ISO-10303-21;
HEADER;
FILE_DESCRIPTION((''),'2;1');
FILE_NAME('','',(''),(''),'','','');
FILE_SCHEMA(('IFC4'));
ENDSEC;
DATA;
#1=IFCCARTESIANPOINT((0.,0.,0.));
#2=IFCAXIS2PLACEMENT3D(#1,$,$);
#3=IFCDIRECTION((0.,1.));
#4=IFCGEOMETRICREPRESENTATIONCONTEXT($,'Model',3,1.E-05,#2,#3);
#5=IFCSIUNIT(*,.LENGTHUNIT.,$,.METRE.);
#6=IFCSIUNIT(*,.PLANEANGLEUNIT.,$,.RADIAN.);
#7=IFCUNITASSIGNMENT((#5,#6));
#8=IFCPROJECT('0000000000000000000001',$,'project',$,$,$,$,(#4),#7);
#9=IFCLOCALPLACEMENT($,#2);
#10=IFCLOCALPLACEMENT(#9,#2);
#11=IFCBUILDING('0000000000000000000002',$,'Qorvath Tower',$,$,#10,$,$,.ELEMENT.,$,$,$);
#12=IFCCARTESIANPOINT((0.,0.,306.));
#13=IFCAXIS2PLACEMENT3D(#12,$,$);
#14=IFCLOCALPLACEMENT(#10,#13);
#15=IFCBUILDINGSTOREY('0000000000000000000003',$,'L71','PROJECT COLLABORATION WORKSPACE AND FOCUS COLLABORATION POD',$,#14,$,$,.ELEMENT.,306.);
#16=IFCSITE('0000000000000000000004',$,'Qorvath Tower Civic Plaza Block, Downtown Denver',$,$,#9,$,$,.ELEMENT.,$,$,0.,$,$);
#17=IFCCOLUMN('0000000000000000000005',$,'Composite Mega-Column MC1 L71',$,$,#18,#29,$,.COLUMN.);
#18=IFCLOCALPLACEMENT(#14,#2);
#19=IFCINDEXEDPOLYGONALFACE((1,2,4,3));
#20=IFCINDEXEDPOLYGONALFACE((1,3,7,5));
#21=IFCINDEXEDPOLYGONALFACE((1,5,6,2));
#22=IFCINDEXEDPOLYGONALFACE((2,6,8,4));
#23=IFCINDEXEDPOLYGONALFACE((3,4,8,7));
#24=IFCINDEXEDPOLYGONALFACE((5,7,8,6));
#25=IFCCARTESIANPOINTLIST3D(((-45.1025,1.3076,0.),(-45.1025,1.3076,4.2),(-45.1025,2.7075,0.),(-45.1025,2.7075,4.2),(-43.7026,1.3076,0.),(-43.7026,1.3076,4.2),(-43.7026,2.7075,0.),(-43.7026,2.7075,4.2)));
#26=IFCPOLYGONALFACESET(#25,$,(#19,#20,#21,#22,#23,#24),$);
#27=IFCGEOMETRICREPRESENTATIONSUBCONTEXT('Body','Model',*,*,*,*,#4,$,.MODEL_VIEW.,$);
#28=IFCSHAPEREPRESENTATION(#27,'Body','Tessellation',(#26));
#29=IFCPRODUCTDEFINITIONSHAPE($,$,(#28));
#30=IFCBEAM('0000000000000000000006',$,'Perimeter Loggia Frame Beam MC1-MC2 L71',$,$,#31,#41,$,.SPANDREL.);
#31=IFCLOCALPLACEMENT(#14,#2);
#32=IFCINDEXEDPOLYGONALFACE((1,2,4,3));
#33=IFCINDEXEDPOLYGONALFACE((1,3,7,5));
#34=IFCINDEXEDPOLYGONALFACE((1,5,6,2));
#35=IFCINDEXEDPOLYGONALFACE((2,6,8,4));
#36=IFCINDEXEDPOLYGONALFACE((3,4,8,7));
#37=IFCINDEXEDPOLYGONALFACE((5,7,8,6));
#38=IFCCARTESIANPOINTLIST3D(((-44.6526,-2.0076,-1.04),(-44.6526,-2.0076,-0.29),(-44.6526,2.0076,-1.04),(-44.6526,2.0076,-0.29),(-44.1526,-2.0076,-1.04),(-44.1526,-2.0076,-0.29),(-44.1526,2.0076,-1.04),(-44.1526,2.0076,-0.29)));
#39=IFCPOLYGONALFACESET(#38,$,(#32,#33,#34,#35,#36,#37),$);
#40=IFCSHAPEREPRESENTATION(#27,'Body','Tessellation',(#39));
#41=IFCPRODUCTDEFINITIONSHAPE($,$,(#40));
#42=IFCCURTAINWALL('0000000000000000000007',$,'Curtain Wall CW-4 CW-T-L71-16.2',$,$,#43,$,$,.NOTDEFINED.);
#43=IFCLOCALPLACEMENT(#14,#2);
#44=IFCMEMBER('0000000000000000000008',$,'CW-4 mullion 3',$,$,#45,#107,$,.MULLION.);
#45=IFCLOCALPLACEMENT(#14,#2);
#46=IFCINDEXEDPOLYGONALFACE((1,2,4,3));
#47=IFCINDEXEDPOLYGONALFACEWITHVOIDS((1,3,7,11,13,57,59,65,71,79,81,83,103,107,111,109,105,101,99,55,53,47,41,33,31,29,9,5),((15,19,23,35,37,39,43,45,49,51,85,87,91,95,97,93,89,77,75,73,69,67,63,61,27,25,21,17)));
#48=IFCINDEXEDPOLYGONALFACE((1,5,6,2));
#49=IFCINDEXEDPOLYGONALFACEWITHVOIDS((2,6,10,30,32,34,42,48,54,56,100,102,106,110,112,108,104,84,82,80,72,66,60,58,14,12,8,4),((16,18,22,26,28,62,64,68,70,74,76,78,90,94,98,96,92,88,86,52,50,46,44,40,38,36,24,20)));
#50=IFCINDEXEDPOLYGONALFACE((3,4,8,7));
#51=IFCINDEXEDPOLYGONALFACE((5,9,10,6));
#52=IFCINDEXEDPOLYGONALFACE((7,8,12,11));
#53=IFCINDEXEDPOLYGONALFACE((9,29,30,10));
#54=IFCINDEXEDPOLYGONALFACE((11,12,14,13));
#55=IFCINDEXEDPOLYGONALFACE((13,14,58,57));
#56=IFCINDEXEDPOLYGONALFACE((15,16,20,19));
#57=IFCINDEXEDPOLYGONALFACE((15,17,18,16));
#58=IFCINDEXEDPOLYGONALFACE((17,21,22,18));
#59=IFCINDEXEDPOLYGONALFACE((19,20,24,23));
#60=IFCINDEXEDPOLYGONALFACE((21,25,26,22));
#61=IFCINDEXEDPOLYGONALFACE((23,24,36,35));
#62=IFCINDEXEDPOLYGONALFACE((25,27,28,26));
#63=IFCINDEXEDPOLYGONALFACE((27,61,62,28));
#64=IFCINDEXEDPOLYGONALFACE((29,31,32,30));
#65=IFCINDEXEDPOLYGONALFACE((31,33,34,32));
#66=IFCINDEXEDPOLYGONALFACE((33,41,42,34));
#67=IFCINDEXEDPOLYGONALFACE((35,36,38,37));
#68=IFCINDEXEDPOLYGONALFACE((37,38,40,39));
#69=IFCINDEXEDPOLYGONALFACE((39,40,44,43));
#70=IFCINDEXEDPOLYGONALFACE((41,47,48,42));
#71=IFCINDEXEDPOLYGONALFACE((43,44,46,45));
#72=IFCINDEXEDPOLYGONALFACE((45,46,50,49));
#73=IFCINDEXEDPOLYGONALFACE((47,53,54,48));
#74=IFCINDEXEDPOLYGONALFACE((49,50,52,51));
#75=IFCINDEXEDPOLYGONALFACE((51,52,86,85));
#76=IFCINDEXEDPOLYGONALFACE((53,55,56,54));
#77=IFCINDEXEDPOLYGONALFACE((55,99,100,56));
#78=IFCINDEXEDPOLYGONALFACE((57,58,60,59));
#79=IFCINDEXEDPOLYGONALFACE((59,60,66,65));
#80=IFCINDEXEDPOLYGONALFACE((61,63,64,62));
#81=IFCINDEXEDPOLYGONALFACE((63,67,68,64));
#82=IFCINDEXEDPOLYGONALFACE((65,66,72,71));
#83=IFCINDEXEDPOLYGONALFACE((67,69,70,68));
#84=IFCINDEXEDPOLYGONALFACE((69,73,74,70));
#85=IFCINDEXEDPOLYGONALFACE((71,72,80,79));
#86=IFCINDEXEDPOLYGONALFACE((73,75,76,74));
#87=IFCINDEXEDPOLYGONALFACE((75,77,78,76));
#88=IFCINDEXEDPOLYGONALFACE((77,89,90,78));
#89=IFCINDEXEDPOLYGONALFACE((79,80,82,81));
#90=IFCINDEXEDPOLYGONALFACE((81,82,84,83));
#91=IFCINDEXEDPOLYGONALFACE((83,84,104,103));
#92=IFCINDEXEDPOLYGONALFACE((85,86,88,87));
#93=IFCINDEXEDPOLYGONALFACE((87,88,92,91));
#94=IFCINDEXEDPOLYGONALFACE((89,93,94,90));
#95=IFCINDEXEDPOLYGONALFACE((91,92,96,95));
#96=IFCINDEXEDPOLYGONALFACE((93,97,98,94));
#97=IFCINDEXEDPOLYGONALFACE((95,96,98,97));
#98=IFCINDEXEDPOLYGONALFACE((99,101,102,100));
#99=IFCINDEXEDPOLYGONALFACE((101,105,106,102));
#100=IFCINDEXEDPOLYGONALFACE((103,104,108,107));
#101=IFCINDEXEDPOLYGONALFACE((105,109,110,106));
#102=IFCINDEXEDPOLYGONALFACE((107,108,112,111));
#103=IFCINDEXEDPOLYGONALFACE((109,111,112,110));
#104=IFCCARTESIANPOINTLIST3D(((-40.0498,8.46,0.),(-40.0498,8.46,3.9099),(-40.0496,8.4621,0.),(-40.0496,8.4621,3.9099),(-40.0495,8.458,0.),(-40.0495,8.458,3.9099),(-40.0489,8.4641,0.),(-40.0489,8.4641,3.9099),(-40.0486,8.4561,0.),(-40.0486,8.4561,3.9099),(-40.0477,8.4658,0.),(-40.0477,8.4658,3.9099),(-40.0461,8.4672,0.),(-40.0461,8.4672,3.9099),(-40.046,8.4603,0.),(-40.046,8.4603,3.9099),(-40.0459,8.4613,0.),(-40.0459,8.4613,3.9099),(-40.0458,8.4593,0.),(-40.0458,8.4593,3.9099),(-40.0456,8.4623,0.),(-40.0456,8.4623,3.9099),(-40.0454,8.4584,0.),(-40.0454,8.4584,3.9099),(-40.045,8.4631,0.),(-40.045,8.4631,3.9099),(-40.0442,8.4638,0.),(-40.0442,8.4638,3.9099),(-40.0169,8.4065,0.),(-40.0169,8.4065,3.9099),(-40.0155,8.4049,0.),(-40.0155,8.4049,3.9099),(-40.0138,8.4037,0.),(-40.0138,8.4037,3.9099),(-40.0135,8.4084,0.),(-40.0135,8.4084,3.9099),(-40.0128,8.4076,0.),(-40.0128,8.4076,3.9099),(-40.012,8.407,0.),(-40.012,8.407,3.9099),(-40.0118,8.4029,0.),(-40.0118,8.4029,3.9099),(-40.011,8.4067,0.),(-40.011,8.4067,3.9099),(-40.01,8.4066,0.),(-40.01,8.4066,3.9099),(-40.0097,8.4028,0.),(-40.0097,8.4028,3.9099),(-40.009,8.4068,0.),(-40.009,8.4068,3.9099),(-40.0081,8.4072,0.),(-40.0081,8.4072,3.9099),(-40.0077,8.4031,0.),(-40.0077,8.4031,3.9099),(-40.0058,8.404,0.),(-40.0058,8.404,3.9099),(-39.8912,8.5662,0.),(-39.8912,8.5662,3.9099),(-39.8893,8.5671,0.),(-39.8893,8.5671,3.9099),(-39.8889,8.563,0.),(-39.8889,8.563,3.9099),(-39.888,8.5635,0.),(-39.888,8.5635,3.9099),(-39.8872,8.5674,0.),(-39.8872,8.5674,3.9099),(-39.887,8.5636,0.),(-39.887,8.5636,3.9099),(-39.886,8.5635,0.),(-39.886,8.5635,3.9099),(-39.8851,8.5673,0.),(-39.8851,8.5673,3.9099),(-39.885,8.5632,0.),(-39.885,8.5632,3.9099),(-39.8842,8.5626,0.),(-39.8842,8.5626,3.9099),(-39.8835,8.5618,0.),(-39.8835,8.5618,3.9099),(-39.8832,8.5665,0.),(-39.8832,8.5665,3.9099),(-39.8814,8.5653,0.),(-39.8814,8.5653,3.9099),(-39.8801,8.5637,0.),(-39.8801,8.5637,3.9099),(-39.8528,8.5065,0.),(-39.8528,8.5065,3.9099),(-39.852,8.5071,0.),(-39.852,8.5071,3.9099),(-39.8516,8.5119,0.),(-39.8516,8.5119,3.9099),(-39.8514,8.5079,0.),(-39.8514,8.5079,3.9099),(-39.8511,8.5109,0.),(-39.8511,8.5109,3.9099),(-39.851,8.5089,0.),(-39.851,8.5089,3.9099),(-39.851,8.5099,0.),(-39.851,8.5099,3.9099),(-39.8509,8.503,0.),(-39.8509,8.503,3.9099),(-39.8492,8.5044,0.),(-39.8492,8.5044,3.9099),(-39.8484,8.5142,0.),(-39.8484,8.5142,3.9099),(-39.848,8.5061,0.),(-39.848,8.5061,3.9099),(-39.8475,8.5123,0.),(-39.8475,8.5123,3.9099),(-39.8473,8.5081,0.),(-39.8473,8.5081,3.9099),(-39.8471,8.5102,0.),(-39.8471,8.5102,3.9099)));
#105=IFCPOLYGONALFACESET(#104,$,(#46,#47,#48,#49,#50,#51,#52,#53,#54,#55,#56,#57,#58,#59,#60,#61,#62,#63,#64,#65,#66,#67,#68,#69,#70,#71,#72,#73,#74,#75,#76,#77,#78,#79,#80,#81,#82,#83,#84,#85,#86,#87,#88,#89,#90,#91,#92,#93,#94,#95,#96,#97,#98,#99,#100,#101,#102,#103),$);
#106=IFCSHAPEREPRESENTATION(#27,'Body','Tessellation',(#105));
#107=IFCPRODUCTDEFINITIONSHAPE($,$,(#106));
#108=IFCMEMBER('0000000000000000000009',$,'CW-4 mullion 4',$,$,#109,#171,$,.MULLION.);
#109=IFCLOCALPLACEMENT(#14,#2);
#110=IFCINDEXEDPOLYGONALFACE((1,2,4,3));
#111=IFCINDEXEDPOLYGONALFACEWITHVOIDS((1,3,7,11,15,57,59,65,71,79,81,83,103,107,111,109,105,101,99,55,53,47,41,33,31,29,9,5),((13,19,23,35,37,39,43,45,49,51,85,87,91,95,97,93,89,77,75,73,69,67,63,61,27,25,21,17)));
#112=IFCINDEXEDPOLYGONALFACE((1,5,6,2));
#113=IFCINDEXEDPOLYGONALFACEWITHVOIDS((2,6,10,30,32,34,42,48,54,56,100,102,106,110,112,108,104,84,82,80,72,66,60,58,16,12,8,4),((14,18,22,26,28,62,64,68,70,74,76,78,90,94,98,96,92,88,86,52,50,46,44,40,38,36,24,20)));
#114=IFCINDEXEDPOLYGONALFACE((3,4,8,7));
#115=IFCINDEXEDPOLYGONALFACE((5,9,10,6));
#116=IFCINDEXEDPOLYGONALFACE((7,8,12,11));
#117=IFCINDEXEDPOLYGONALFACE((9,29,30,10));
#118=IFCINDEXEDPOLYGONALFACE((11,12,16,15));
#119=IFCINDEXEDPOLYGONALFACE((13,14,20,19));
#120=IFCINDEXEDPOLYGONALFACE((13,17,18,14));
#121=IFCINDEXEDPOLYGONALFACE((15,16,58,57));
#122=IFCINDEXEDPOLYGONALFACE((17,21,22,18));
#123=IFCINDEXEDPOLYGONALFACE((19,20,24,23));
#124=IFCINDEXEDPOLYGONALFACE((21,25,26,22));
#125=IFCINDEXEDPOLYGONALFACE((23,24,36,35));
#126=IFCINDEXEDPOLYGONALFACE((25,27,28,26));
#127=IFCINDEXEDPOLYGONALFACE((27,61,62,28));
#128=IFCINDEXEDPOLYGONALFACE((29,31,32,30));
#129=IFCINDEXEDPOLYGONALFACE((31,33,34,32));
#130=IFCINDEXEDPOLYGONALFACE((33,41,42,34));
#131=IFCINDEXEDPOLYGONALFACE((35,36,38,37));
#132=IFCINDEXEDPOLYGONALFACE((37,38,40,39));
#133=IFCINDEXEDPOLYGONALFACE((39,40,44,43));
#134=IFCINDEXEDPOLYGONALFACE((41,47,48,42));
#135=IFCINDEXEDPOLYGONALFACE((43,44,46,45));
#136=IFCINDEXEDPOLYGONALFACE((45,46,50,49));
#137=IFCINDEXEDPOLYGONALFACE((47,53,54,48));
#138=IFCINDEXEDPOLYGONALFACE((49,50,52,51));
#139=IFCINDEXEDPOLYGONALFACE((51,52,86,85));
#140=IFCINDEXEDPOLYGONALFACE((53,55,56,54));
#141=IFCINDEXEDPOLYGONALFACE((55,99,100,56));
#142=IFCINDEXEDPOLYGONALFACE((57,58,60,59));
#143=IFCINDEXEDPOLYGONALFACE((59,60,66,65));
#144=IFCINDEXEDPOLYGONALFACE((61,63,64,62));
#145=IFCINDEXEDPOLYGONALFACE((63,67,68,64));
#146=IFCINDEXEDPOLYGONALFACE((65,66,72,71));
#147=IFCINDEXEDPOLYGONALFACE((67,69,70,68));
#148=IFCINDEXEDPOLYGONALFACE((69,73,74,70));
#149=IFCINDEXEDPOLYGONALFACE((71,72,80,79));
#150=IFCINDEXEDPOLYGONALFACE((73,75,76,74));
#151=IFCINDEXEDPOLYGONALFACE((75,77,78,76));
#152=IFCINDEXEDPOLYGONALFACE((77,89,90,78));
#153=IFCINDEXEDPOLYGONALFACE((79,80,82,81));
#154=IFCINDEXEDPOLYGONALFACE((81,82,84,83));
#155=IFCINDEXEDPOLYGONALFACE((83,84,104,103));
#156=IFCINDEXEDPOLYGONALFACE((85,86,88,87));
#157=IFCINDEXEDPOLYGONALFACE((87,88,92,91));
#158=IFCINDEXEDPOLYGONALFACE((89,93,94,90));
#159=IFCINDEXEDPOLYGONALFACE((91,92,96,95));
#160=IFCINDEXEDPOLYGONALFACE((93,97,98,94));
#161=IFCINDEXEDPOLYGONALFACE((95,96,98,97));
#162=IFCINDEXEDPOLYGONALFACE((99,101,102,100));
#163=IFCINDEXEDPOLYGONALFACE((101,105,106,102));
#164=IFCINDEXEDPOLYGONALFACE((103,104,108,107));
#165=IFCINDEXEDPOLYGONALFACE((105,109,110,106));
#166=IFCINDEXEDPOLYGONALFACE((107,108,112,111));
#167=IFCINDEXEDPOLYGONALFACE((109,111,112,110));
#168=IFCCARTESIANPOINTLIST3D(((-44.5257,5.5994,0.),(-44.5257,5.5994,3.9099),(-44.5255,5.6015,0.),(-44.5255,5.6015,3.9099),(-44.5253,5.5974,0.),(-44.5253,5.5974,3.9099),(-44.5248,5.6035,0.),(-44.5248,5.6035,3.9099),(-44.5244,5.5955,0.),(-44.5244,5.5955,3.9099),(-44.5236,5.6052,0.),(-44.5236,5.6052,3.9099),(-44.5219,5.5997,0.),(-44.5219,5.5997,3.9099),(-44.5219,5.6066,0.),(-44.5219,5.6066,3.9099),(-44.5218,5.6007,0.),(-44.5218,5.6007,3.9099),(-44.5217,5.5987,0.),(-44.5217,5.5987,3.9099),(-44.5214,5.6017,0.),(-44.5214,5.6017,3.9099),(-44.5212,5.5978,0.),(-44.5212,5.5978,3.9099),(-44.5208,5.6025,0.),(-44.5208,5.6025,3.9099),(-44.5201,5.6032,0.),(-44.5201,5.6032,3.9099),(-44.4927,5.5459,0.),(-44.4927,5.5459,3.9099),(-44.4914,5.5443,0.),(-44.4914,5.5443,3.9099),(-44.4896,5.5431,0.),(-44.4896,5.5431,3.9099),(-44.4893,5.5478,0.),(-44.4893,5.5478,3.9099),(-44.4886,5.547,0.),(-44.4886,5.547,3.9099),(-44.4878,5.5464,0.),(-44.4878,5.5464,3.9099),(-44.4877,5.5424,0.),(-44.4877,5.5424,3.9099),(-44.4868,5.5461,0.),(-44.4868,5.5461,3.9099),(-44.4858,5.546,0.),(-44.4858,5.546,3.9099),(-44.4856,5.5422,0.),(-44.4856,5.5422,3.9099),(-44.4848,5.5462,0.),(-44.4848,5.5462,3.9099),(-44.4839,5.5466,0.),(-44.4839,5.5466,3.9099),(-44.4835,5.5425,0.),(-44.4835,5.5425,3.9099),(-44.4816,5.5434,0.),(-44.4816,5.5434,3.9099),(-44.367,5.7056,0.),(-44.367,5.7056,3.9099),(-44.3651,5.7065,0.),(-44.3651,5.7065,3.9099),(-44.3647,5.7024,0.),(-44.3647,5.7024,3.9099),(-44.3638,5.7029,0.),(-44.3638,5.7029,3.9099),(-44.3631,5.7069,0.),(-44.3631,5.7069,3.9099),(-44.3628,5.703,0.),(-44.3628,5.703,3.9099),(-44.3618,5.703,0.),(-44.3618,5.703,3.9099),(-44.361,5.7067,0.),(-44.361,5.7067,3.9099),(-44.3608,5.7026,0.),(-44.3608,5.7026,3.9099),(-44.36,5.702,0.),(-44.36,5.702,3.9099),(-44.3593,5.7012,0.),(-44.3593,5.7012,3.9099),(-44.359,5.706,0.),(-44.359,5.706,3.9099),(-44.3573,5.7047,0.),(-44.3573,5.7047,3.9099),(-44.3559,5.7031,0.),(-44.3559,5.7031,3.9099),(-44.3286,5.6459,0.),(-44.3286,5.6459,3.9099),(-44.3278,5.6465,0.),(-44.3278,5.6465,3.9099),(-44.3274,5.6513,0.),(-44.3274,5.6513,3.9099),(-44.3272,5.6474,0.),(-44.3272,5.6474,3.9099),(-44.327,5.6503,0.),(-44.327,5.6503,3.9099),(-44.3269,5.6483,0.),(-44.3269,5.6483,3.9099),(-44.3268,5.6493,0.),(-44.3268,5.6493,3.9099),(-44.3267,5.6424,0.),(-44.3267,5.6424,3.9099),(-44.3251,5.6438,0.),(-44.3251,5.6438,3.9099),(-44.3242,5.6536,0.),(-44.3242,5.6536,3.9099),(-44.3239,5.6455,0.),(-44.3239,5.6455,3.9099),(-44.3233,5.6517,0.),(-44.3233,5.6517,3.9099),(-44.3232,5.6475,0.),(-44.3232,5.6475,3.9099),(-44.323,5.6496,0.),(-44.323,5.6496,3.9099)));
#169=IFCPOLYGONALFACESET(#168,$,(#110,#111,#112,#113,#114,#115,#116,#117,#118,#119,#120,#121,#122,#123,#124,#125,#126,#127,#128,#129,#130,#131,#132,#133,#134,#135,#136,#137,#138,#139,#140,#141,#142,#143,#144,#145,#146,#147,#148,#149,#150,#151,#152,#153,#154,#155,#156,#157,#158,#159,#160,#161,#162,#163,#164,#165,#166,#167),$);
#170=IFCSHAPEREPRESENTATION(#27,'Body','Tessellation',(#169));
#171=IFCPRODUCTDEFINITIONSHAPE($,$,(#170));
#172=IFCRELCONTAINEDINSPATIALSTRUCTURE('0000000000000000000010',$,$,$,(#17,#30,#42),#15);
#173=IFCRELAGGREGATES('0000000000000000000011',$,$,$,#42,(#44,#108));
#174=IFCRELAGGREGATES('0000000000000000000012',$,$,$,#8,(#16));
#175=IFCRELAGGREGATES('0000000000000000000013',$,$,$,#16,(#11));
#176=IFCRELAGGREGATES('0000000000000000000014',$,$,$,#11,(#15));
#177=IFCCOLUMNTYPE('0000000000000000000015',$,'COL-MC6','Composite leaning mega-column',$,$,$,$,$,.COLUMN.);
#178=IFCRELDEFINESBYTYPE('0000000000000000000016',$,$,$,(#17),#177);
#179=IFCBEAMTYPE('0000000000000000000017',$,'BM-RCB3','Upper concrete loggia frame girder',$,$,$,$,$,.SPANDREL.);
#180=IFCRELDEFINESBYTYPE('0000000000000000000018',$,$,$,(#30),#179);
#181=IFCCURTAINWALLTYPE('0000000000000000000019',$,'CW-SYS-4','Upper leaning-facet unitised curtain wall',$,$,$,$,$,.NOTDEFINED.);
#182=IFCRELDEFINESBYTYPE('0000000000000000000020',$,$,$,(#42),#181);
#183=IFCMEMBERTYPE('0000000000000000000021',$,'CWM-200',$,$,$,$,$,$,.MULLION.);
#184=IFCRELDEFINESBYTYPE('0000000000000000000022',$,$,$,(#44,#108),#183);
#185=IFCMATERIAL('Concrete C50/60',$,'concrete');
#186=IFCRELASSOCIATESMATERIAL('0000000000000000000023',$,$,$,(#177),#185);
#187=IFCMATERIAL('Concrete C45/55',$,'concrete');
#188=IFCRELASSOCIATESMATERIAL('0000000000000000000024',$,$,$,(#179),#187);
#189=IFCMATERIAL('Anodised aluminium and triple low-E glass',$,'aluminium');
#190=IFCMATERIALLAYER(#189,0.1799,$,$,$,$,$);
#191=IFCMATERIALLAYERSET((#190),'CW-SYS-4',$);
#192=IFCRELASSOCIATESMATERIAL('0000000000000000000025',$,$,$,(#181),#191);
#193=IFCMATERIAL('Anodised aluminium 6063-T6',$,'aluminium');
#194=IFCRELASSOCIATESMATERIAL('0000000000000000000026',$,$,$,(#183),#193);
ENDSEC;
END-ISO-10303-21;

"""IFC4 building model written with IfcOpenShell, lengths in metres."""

from ifc_helpers import new_model, si_unit, direction, frame, origin, origin_2d, place, context, subcontext, project, spatial, rectangle, hollow_rectangle, extrude, material, layer, layer_set, material_profile, profile_set, type_object, element, aggregate, save


model = new_model("IFC4")

# Units and contexts
model_context = context("Model", 3, precision=1e-05, world=origin(), true_north=direction((0.0, 1.0)))
body_context = subcontext(model_context, "Body", "Model", "MODEL_VIEW")
ifc_project = project(units=[si_unit("LENGTHUNIT", "METRE"), si_unit("PLANEANGLEUNIT", "RADIAN")], contexts=[model_context])

# Site, building, storey
site_placement = place(None, origin())
site = spatial("IfcSite", under=ifc_project, at=site_placement, Name="Qorvath Tower Civic Plaza Block, Downtown Denver", CompositionType="ELEMENT", RefElevation=0.0)
building_placement = place(site_placement, origin())
building = spatial("IfcBuilding", under=site, at=building_placement, Name="Qorvath Tower", CompositionType="ELEMENT")
storey_placement = place(building_placement, frame((0.0, 0.0, 306.0)))
storey = spatial("IfcBuildingStorey", under=building, at=storey_placement, Name="L71", Description="PROJECT COLLABORATION WORKSPACE AND FOCUS COLLABORATION POD", CompositionType="ELEMENT", Elevation=306.0)

# Column
ifc_material_1 = material(Name="Concrete C50/60", Category="concrete")
ifc_material_profile_1 = material_profile(ifc_material_1, rectangle(XDim=1.3999, YDim=1.3999, at=origin_2d()), Name="MC 1400x1400")
ifc_profile_set_1 = profile_set([ifc_material_profile_1], Name="Concrete C50/60")
column_type = type_object("IfcColumnType", Name="COL-MC6", Description="Composite leaning mega-column", PredefinedType="COLUMN", material=ifc_profile_set_1)
column_placement = place(storey_placement, frame((-44.4026, 2.0076, 0.0), z_axis=(0.0, 0.0, 1.0), x_axis=(1.0, 0.0, 0.0)))
element("IfcColumn", 1, at=column_placement, inside=storey, type_object=column_type, Name="Composite Mega-Column MC1 L71", PredefinedType="COLUMN", context=body_context, shape_type="SweptSolid", body=[
    extrude(rectangle(XDim=1.3999, YDim=1.3999, at=origin_2d()), origin(), (0.0, 0.0, 1.0), 4.2),
])

# Beam
ifc_material_2 = material(Name="Concrete C45/55", Category="concrete")
ifc_material_profile_2 = material_profile(ifc_material_2, rectangle(XDim=0.5, YDim=0.75, at=origin_2d()), Name="RCB 750x500")
ifc_profile_set_2 = profile_set([ifc_material_profile_2], Name="Concrete C45/55")
beam_type = type_object("IfcBeamType", Name="BM-RCB3", Description="Upper concrete loggia frame girder", PredefinedType="SPANDREL", material=ifc_profile_set_2)
beam_placement = place(storey_placement, frame((-44.4026, 2.0076, -0.665), z_axis=(0.0, -1.0, 0.0), x_axis=(1.0, 0.0, 0.0)))
element("IfcBeam", 2, at=beam_placement, inside=storey, type_object=beam_type, Name="Perimeter Loggia Frame Beam MC1-MC2 L71", PredefinedType="SPANDREL", context=body_context, shape_type="SweptSolid", body=[
    extrude(rectangle(XDim=0.5, YDim=0.75, at=origin_2d()), origin(), (0.0, 0.0, 1.0), 4.0151),
])

# Curtain wall, members
ifc_material_3 = material(Name="Anodised aluminium and triple low-E glass", Category="aluminium")
ifc_layer_1 = layer(ifc_material_3, 0.1799)
ifc_layer_set_1 = layer_set([ifc_layer_1], Name="CW-SYS-4")
curtain_wall_type = type_object("IfcCurtainWallType", Name="CW-SYS-4", Description="Upper leaning-facet unitised curtain wall", PredefinedType="NOTDEFINED", material=ifc_layer_set_1)
curtain_wall_placement = place(storey_placement, origin())
curtain_wall = element("IfcCurtainWall", 3, at=curtain_wall_placement, inside=storey, type_object=curtain_wall_type, Name="Curtain Wall CW-4 CW-T-L71-16.2", PredefinedType="NOTDEFINED")
ifc_material_4 = material(Name="Anodised aluminium 6063-T6", Category="aluminium")
ifc_material_profile_3 = material_profile(ifc_material_4, hollow_rectangle(XDim=0.075, YDim=0.2, WallThickness=0.0039, InnerFilletRadius=0.0039, OuterFilletRadius=0.0081, at=origin_2d()), Name="CWM 200x75")
ifc_profile_set_3 = profile_set([ifc_material_profile_3], Name="Anodised aluminium 6063-T6")
member_type_1 = type_object("IfcMemberType", Name="CWM-200", PredefinedType="MULLION", material=ifc_profile_set_3)
member_1_placement = place(storey_placement, frame((-39.9485, 8.4851, 0.0), z_axis=(0.0, 0.0, 1.0), x_axis=(0.538537, -0.842602, 0.0)))
member_1 = element("IfcMember", 4, at=member_1_placement, type_object=member_type_1, Name="CW-4 mullion 3", PredefinedType="MULLION", context=body_context, shape_type="SweptSolid", body=[
    extrude(hollow_rectangle(XDim=0.075, YDim=0.2, WallThickness=0.0039, InnerFilletRadius=0.0039, OuterFilletRadius=0.0081, at=origin_2d()), origin(), (0.0, 0.0, 1.0), 3.9099),
])
member_2_placement = place(storey_placement, frame((-44.4243, 5.6245, 0.0), z_axis=(0.0, 0.0, 1.0), x_axis=(0.538537, -0.842602, 0.0)))
member_2 = element("IfcMember", 5, at=member_2_placement, type_object=member_type_1, Name="CW-4 mullion 4", PredefinedType="MULLION", context=body_context, shape_type="SweptSolid", body=[
    extrude(hollow_rectangle(XDim=0.075, YDim=0.2, WallThickness=0.0039, InnerFilletRadius=0.0039, OuterFilletRadius=0.0081, at=origin_2d()), origin(), (0.0, 0.0, 1.0), 3.9099),
])
aggregate(curtain_wall, [member_1, member_2])

save(model, "model.ifc")
